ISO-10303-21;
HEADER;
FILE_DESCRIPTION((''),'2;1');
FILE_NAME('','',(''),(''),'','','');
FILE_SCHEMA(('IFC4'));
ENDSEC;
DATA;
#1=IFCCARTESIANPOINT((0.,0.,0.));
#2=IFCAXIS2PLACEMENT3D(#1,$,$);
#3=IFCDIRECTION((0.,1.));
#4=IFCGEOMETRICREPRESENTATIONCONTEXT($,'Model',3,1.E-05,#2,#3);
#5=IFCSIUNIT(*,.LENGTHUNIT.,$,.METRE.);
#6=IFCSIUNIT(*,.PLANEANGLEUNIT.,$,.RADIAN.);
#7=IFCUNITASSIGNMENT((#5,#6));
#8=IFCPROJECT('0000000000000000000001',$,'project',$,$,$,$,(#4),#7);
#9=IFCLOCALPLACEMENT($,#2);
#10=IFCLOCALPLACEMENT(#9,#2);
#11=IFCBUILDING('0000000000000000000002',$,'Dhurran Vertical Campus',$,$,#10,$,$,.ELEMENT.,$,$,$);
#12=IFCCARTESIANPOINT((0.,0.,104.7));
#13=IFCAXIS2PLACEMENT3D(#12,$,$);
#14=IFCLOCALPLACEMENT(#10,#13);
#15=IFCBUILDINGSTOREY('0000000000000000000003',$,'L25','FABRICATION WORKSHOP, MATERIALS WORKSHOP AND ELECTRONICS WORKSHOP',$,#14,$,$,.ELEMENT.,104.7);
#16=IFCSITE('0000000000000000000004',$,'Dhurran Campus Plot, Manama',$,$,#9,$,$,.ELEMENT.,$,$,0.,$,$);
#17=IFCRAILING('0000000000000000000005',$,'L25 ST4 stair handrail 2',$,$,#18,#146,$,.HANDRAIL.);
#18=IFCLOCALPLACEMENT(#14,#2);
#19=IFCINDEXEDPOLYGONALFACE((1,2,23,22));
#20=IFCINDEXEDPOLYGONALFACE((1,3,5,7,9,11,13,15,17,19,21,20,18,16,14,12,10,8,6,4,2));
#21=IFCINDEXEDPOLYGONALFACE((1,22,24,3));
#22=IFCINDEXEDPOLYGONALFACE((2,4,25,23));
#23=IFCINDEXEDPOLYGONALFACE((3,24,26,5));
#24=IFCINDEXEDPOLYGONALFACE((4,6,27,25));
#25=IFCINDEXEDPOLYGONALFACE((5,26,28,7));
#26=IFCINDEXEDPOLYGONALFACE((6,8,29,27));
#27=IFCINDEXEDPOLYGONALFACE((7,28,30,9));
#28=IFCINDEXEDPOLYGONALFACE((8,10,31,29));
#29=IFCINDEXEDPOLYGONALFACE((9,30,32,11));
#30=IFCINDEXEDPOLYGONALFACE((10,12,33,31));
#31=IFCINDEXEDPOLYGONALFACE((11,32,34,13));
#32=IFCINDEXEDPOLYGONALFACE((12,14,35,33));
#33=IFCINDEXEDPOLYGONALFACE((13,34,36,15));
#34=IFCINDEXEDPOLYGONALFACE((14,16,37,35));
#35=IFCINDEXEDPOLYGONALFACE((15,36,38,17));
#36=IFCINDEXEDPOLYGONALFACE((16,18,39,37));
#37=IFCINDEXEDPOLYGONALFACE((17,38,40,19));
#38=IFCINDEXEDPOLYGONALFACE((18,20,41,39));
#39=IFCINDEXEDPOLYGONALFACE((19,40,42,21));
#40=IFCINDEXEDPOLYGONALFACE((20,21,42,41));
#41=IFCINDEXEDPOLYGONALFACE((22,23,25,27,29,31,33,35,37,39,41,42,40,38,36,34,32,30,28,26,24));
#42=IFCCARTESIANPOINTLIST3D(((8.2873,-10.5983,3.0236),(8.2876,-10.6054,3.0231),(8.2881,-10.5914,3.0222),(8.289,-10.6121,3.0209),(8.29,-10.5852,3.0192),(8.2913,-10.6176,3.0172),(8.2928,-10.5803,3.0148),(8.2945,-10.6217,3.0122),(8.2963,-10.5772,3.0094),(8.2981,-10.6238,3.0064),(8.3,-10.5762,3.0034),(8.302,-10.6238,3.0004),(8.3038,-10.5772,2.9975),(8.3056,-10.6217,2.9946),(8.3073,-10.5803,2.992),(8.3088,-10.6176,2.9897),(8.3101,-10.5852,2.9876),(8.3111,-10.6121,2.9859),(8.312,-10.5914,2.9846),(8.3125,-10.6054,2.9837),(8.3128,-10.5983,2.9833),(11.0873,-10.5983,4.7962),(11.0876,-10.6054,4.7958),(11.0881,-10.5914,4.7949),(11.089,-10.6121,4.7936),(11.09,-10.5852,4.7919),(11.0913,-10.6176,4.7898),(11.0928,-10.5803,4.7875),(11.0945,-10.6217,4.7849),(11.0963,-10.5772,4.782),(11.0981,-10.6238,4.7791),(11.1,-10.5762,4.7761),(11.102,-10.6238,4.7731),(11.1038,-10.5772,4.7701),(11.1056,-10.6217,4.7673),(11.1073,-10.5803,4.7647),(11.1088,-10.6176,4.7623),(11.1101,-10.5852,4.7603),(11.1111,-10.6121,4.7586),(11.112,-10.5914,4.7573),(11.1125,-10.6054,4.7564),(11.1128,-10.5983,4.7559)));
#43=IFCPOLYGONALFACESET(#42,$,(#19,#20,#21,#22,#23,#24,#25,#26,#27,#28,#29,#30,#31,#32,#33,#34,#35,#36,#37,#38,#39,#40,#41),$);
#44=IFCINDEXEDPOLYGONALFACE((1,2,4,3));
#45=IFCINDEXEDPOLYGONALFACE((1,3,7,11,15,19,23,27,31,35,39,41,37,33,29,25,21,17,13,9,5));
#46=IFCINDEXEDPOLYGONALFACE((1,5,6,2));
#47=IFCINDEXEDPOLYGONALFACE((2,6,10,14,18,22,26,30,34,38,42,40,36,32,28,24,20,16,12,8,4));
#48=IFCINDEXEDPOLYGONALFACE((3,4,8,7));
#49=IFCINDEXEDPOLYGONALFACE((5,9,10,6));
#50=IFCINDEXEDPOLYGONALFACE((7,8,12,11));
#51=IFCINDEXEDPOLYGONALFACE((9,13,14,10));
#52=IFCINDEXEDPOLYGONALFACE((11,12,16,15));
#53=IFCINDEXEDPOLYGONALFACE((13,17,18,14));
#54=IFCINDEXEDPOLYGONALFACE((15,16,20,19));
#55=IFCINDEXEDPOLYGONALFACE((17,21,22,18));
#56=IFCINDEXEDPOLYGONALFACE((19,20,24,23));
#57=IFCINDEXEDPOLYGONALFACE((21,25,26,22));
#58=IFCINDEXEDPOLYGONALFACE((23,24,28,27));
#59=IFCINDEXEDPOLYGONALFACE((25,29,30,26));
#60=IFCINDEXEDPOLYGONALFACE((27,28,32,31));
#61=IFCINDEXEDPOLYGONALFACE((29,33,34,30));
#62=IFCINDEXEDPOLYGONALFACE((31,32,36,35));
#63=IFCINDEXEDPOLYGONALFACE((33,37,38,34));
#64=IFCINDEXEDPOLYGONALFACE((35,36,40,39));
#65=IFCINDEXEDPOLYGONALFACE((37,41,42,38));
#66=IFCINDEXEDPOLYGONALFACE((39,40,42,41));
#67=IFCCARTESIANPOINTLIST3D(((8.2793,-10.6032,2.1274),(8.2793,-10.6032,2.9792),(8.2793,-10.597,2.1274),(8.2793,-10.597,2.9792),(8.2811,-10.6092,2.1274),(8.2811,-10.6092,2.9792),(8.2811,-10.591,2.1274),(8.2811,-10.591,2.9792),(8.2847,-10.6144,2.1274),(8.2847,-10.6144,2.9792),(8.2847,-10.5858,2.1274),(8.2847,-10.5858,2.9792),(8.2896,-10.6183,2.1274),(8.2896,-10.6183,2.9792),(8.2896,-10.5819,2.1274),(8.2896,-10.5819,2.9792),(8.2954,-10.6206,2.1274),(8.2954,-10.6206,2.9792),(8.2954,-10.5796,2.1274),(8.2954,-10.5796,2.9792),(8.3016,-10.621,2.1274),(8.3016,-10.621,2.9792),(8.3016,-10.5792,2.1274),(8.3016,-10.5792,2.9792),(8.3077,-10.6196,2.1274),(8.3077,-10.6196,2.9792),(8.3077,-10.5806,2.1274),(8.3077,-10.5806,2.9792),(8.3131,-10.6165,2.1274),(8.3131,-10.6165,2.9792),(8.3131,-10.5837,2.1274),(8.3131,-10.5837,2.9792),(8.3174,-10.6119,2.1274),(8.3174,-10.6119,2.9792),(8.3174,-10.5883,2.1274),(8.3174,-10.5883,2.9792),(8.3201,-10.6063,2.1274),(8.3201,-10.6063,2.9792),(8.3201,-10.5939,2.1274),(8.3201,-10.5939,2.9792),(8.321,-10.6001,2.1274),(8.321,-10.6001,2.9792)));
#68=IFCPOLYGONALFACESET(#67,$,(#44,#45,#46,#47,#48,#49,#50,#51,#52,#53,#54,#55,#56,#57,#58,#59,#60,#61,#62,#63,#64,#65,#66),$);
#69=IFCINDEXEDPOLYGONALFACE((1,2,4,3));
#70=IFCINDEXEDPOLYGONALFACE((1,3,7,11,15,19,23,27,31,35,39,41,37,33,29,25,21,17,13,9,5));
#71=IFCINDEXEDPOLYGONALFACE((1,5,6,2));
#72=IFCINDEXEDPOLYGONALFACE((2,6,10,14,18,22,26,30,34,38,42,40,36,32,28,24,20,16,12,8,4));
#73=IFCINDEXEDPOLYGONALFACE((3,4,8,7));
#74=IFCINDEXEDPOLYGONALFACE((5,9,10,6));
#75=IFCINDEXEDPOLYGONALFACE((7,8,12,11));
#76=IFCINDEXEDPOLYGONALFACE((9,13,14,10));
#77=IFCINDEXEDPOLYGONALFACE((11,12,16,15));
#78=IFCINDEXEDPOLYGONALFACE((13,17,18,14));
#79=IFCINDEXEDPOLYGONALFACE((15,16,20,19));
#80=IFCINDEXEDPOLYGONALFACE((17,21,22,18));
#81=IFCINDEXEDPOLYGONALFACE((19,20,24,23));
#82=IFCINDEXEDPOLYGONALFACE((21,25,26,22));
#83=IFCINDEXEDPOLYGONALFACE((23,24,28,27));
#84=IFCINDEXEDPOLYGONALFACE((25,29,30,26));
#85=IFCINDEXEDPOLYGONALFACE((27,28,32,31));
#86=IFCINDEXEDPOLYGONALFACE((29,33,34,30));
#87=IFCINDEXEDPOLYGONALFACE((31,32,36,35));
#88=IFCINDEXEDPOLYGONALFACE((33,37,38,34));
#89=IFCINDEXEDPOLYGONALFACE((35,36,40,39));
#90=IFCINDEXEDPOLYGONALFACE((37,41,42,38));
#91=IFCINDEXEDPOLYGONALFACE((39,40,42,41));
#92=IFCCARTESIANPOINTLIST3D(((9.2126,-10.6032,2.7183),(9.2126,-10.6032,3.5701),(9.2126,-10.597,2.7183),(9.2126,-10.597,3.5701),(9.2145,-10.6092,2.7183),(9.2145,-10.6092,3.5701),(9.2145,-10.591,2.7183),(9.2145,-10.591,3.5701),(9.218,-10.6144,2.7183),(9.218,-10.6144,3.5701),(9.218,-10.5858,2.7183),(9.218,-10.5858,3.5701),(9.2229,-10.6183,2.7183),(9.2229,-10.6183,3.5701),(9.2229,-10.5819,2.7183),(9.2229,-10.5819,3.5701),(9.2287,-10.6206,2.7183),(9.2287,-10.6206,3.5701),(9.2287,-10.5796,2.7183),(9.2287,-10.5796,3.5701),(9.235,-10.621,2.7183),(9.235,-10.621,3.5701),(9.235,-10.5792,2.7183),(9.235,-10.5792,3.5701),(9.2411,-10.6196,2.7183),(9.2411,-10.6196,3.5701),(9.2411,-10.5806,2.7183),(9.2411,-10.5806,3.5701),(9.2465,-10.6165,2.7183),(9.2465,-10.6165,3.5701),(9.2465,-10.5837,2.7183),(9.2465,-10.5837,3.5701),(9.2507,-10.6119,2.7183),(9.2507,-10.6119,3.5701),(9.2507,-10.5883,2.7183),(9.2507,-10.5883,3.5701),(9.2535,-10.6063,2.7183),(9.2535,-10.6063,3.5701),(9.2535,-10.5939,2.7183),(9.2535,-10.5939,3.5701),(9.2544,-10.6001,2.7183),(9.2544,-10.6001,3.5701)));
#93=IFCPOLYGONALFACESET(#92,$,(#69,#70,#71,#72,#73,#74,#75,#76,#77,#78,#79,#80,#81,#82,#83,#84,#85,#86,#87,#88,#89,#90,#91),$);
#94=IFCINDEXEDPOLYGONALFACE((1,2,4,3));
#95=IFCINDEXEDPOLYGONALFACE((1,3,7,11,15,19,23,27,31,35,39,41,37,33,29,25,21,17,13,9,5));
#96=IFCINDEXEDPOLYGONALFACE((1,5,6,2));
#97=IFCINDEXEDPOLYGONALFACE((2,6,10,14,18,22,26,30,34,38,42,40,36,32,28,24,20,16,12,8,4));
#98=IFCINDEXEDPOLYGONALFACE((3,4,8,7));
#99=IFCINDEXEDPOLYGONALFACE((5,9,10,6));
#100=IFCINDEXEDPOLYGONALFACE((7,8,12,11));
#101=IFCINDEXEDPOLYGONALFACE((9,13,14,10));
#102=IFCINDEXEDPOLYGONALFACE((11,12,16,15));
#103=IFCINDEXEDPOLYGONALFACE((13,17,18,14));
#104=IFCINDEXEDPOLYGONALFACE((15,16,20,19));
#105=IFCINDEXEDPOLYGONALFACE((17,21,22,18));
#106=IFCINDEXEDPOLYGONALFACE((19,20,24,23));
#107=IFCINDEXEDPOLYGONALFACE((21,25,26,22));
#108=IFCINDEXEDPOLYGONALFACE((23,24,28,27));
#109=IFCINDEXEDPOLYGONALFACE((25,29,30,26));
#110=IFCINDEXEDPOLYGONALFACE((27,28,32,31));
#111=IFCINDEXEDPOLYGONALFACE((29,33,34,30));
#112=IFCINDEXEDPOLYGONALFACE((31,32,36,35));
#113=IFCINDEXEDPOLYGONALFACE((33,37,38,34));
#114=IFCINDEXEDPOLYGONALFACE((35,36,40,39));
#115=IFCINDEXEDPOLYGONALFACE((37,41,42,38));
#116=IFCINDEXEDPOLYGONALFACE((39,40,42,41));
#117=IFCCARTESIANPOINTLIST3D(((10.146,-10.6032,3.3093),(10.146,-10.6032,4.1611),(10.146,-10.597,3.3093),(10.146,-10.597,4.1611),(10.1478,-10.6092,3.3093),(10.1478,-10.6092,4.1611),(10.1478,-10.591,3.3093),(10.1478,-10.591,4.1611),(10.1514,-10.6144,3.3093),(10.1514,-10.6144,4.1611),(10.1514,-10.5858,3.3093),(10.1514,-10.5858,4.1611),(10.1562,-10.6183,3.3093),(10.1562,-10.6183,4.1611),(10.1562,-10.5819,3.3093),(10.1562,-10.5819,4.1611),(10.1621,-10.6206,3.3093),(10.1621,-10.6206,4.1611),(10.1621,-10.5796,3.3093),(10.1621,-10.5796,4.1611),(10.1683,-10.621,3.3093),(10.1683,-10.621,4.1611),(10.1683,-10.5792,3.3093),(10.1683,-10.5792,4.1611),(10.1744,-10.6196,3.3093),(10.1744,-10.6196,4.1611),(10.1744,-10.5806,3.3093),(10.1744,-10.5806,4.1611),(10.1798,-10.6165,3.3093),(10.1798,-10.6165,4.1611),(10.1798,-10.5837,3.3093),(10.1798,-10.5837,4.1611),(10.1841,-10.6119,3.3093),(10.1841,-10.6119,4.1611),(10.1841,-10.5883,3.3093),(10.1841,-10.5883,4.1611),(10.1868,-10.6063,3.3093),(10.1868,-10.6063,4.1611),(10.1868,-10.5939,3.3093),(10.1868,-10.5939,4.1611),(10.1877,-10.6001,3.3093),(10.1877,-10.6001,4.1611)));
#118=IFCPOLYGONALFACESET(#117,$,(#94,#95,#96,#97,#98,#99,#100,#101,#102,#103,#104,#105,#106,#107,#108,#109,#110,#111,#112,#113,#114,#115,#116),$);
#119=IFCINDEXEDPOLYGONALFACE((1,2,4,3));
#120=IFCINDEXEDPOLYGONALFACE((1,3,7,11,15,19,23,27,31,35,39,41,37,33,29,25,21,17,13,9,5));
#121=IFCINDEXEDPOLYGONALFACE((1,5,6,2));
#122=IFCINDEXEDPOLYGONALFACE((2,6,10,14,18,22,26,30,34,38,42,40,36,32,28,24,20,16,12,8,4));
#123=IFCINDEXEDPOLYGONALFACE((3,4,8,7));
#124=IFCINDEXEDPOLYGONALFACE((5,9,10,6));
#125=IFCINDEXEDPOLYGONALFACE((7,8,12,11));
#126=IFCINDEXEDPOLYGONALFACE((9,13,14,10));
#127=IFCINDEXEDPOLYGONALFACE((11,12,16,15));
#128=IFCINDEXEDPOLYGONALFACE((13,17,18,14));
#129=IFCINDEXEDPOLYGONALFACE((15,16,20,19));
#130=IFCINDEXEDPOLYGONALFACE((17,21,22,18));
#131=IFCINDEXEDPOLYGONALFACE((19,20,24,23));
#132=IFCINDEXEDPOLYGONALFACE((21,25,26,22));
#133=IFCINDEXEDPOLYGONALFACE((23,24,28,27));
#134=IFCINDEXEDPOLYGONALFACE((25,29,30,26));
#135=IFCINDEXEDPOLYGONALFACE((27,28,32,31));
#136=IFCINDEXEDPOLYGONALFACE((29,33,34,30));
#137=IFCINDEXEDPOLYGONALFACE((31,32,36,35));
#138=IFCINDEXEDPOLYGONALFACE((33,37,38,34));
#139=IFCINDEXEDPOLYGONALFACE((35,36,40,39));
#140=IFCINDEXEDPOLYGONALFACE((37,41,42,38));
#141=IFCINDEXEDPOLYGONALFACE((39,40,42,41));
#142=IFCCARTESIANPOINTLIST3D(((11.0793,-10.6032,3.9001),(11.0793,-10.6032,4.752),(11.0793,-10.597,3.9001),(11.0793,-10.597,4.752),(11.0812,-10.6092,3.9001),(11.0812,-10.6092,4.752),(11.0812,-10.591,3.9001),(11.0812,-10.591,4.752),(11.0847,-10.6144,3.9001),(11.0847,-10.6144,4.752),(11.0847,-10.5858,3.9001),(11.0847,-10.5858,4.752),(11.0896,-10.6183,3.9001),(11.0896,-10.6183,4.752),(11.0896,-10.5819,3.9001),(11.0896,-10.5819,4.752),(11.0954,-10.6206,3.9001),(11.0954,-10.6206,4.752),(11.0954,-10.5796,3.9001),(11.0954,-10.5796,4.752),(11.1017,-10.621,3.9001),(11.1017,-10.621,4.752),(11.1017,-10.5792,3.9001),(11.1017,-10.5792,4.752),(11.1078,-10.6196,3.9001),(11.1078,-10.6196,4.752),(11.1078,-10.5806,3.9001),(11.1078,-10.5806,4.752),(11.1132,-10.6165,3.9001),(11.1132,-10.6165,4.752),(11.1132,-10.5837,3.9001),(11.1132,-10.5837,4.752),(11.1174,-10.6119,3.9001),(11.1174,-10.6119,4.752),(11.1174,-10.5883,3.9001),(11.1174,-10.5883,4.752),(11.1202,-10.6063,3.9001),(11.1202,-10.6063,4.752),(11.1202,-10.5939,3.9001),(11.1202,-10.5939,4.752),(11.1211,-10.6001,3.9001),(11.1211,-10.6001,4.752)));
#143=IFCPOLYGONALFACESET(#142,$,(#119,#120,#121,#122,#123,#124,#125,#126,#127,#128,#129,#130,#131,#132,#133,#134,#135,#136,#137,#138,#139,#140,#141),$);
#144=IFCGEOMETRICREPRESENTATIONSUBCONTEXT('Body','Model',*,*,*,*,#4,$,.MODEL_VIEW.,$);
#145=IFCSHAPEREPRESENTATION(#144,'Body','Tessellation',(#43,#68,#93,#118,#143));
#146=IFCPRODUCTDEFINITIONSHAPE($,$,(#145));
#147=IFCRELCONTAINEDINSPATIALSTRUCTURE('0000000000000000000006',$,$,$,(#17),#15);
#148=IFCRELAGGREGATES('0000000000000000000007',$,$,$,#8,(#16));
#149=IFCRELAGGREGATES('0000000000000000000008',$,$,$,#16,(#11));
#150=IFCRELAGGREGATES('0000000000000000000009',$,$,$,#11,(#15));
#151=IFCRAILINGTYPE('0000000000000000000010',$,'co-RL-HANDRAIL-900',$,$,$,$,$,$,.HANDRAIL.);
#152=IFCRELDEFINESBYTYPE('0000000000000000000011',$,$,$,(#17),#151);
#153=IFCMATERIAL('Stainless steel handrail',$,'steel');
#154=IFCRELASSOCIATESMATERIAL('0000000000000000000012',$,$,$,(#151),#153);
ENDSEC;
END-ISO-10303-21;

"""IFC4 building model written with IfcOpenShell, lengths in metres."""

from ifc_helpers import new_model, si_unit, direction, frame, origin, origin_2d, place, context, subcontext, project, spatial, circle, extrude, material, type_object, element, save


model = new_model("IFC4")

# Units and contexts
model_context = context("Model", 3, precision=1e-05, world=origin(), true_north=direction((0.0, 1.0)))
body_context = subcontext(model_context, "Body", "Model", "MODEL_VIEW")
ifc_project = project(units=[si_unit("LENGTHUNIT", "METRE"), si_unit("PLANEANGLEUNIT", "RADIAN")], contexts=[model_context])

# Site, building, storey
site_placement = place(None, origin())
site = spatial("IfcSite", under=ifc_project, at=site_placement, Name="Dhurran Campus Plot, Manama", CompositionType="ELEMENT", RefElevation=0.0)
building_placement = place(site_placement, origin())
building = spatial("IfcBuilding", under=site, at=building_placement, Name="Dhurran Vertical Campus", CompositionType="ELEMENT")
storey_placement = place(building_placement, frame((0.0, 0.0, 104.7)))
storey = spatial("IfcBuildingStorey", under=building, at=storey_placement, Name="L25", Description="FABRICATION WORKSHOP, MATERIALS WORKSHOP AND ELECTRONICS WORKSHOP", CompositionType="ELEMENT", Elevation=104.7)

# Railing
ifc_material_1 = material(Name="Stainless steel handrail", Category="steel")
railing_type_1 = type_object("IfcRailingType", Name="co-RL-HANDRAIL-900", PredefinedType="HANDRAIL", material=ifc_material_1)
railing_1_placement = place(storey_placement, frame((8.3, -10.6001, 2.1274)))
element("IfcRailing", 1, at=railing_1_placement, inside=storey, type_object=railing_type_1, Name="L25 ST4 stair handrail 2", PredefinedType="HANDRAIL", context=body_context, shape_type="SweptSolid", body=[
    extrude(circle(Radius=0.0239, at=origin_2d()), frame((0.0, 0.0, 0.876), z_axis=(0.844909, 0.0, 0.53491), x_axis=(0.0, 1.0, 0.0)), (0.0, 0.0, 1.0), 3.314),
    extrude(circle(Radius=0.021, at=origin_2d()), origin(), (0.0, 0.0, 1.0), 0.8518),
    extrude(circle(Radius=0.021, at=origin_2d()), frame((0.9333, 0.0, 0.5908)), (0.0, 0.0, 1.0), 0.8518),
    extrude(circle(Radius=0.021, at=origin_2d()), frame((1.8667, 0.0, 1.1819)), (0.0, 0.0, 1.0), 0.8518),
    extrude(circle(Radius=0.021, at=origin_2d()), frame((2.8, 0.0, 1.7727)), (0.0, 0.0, 1.0), 0.8518),
])

save(model, "model.ifc")
